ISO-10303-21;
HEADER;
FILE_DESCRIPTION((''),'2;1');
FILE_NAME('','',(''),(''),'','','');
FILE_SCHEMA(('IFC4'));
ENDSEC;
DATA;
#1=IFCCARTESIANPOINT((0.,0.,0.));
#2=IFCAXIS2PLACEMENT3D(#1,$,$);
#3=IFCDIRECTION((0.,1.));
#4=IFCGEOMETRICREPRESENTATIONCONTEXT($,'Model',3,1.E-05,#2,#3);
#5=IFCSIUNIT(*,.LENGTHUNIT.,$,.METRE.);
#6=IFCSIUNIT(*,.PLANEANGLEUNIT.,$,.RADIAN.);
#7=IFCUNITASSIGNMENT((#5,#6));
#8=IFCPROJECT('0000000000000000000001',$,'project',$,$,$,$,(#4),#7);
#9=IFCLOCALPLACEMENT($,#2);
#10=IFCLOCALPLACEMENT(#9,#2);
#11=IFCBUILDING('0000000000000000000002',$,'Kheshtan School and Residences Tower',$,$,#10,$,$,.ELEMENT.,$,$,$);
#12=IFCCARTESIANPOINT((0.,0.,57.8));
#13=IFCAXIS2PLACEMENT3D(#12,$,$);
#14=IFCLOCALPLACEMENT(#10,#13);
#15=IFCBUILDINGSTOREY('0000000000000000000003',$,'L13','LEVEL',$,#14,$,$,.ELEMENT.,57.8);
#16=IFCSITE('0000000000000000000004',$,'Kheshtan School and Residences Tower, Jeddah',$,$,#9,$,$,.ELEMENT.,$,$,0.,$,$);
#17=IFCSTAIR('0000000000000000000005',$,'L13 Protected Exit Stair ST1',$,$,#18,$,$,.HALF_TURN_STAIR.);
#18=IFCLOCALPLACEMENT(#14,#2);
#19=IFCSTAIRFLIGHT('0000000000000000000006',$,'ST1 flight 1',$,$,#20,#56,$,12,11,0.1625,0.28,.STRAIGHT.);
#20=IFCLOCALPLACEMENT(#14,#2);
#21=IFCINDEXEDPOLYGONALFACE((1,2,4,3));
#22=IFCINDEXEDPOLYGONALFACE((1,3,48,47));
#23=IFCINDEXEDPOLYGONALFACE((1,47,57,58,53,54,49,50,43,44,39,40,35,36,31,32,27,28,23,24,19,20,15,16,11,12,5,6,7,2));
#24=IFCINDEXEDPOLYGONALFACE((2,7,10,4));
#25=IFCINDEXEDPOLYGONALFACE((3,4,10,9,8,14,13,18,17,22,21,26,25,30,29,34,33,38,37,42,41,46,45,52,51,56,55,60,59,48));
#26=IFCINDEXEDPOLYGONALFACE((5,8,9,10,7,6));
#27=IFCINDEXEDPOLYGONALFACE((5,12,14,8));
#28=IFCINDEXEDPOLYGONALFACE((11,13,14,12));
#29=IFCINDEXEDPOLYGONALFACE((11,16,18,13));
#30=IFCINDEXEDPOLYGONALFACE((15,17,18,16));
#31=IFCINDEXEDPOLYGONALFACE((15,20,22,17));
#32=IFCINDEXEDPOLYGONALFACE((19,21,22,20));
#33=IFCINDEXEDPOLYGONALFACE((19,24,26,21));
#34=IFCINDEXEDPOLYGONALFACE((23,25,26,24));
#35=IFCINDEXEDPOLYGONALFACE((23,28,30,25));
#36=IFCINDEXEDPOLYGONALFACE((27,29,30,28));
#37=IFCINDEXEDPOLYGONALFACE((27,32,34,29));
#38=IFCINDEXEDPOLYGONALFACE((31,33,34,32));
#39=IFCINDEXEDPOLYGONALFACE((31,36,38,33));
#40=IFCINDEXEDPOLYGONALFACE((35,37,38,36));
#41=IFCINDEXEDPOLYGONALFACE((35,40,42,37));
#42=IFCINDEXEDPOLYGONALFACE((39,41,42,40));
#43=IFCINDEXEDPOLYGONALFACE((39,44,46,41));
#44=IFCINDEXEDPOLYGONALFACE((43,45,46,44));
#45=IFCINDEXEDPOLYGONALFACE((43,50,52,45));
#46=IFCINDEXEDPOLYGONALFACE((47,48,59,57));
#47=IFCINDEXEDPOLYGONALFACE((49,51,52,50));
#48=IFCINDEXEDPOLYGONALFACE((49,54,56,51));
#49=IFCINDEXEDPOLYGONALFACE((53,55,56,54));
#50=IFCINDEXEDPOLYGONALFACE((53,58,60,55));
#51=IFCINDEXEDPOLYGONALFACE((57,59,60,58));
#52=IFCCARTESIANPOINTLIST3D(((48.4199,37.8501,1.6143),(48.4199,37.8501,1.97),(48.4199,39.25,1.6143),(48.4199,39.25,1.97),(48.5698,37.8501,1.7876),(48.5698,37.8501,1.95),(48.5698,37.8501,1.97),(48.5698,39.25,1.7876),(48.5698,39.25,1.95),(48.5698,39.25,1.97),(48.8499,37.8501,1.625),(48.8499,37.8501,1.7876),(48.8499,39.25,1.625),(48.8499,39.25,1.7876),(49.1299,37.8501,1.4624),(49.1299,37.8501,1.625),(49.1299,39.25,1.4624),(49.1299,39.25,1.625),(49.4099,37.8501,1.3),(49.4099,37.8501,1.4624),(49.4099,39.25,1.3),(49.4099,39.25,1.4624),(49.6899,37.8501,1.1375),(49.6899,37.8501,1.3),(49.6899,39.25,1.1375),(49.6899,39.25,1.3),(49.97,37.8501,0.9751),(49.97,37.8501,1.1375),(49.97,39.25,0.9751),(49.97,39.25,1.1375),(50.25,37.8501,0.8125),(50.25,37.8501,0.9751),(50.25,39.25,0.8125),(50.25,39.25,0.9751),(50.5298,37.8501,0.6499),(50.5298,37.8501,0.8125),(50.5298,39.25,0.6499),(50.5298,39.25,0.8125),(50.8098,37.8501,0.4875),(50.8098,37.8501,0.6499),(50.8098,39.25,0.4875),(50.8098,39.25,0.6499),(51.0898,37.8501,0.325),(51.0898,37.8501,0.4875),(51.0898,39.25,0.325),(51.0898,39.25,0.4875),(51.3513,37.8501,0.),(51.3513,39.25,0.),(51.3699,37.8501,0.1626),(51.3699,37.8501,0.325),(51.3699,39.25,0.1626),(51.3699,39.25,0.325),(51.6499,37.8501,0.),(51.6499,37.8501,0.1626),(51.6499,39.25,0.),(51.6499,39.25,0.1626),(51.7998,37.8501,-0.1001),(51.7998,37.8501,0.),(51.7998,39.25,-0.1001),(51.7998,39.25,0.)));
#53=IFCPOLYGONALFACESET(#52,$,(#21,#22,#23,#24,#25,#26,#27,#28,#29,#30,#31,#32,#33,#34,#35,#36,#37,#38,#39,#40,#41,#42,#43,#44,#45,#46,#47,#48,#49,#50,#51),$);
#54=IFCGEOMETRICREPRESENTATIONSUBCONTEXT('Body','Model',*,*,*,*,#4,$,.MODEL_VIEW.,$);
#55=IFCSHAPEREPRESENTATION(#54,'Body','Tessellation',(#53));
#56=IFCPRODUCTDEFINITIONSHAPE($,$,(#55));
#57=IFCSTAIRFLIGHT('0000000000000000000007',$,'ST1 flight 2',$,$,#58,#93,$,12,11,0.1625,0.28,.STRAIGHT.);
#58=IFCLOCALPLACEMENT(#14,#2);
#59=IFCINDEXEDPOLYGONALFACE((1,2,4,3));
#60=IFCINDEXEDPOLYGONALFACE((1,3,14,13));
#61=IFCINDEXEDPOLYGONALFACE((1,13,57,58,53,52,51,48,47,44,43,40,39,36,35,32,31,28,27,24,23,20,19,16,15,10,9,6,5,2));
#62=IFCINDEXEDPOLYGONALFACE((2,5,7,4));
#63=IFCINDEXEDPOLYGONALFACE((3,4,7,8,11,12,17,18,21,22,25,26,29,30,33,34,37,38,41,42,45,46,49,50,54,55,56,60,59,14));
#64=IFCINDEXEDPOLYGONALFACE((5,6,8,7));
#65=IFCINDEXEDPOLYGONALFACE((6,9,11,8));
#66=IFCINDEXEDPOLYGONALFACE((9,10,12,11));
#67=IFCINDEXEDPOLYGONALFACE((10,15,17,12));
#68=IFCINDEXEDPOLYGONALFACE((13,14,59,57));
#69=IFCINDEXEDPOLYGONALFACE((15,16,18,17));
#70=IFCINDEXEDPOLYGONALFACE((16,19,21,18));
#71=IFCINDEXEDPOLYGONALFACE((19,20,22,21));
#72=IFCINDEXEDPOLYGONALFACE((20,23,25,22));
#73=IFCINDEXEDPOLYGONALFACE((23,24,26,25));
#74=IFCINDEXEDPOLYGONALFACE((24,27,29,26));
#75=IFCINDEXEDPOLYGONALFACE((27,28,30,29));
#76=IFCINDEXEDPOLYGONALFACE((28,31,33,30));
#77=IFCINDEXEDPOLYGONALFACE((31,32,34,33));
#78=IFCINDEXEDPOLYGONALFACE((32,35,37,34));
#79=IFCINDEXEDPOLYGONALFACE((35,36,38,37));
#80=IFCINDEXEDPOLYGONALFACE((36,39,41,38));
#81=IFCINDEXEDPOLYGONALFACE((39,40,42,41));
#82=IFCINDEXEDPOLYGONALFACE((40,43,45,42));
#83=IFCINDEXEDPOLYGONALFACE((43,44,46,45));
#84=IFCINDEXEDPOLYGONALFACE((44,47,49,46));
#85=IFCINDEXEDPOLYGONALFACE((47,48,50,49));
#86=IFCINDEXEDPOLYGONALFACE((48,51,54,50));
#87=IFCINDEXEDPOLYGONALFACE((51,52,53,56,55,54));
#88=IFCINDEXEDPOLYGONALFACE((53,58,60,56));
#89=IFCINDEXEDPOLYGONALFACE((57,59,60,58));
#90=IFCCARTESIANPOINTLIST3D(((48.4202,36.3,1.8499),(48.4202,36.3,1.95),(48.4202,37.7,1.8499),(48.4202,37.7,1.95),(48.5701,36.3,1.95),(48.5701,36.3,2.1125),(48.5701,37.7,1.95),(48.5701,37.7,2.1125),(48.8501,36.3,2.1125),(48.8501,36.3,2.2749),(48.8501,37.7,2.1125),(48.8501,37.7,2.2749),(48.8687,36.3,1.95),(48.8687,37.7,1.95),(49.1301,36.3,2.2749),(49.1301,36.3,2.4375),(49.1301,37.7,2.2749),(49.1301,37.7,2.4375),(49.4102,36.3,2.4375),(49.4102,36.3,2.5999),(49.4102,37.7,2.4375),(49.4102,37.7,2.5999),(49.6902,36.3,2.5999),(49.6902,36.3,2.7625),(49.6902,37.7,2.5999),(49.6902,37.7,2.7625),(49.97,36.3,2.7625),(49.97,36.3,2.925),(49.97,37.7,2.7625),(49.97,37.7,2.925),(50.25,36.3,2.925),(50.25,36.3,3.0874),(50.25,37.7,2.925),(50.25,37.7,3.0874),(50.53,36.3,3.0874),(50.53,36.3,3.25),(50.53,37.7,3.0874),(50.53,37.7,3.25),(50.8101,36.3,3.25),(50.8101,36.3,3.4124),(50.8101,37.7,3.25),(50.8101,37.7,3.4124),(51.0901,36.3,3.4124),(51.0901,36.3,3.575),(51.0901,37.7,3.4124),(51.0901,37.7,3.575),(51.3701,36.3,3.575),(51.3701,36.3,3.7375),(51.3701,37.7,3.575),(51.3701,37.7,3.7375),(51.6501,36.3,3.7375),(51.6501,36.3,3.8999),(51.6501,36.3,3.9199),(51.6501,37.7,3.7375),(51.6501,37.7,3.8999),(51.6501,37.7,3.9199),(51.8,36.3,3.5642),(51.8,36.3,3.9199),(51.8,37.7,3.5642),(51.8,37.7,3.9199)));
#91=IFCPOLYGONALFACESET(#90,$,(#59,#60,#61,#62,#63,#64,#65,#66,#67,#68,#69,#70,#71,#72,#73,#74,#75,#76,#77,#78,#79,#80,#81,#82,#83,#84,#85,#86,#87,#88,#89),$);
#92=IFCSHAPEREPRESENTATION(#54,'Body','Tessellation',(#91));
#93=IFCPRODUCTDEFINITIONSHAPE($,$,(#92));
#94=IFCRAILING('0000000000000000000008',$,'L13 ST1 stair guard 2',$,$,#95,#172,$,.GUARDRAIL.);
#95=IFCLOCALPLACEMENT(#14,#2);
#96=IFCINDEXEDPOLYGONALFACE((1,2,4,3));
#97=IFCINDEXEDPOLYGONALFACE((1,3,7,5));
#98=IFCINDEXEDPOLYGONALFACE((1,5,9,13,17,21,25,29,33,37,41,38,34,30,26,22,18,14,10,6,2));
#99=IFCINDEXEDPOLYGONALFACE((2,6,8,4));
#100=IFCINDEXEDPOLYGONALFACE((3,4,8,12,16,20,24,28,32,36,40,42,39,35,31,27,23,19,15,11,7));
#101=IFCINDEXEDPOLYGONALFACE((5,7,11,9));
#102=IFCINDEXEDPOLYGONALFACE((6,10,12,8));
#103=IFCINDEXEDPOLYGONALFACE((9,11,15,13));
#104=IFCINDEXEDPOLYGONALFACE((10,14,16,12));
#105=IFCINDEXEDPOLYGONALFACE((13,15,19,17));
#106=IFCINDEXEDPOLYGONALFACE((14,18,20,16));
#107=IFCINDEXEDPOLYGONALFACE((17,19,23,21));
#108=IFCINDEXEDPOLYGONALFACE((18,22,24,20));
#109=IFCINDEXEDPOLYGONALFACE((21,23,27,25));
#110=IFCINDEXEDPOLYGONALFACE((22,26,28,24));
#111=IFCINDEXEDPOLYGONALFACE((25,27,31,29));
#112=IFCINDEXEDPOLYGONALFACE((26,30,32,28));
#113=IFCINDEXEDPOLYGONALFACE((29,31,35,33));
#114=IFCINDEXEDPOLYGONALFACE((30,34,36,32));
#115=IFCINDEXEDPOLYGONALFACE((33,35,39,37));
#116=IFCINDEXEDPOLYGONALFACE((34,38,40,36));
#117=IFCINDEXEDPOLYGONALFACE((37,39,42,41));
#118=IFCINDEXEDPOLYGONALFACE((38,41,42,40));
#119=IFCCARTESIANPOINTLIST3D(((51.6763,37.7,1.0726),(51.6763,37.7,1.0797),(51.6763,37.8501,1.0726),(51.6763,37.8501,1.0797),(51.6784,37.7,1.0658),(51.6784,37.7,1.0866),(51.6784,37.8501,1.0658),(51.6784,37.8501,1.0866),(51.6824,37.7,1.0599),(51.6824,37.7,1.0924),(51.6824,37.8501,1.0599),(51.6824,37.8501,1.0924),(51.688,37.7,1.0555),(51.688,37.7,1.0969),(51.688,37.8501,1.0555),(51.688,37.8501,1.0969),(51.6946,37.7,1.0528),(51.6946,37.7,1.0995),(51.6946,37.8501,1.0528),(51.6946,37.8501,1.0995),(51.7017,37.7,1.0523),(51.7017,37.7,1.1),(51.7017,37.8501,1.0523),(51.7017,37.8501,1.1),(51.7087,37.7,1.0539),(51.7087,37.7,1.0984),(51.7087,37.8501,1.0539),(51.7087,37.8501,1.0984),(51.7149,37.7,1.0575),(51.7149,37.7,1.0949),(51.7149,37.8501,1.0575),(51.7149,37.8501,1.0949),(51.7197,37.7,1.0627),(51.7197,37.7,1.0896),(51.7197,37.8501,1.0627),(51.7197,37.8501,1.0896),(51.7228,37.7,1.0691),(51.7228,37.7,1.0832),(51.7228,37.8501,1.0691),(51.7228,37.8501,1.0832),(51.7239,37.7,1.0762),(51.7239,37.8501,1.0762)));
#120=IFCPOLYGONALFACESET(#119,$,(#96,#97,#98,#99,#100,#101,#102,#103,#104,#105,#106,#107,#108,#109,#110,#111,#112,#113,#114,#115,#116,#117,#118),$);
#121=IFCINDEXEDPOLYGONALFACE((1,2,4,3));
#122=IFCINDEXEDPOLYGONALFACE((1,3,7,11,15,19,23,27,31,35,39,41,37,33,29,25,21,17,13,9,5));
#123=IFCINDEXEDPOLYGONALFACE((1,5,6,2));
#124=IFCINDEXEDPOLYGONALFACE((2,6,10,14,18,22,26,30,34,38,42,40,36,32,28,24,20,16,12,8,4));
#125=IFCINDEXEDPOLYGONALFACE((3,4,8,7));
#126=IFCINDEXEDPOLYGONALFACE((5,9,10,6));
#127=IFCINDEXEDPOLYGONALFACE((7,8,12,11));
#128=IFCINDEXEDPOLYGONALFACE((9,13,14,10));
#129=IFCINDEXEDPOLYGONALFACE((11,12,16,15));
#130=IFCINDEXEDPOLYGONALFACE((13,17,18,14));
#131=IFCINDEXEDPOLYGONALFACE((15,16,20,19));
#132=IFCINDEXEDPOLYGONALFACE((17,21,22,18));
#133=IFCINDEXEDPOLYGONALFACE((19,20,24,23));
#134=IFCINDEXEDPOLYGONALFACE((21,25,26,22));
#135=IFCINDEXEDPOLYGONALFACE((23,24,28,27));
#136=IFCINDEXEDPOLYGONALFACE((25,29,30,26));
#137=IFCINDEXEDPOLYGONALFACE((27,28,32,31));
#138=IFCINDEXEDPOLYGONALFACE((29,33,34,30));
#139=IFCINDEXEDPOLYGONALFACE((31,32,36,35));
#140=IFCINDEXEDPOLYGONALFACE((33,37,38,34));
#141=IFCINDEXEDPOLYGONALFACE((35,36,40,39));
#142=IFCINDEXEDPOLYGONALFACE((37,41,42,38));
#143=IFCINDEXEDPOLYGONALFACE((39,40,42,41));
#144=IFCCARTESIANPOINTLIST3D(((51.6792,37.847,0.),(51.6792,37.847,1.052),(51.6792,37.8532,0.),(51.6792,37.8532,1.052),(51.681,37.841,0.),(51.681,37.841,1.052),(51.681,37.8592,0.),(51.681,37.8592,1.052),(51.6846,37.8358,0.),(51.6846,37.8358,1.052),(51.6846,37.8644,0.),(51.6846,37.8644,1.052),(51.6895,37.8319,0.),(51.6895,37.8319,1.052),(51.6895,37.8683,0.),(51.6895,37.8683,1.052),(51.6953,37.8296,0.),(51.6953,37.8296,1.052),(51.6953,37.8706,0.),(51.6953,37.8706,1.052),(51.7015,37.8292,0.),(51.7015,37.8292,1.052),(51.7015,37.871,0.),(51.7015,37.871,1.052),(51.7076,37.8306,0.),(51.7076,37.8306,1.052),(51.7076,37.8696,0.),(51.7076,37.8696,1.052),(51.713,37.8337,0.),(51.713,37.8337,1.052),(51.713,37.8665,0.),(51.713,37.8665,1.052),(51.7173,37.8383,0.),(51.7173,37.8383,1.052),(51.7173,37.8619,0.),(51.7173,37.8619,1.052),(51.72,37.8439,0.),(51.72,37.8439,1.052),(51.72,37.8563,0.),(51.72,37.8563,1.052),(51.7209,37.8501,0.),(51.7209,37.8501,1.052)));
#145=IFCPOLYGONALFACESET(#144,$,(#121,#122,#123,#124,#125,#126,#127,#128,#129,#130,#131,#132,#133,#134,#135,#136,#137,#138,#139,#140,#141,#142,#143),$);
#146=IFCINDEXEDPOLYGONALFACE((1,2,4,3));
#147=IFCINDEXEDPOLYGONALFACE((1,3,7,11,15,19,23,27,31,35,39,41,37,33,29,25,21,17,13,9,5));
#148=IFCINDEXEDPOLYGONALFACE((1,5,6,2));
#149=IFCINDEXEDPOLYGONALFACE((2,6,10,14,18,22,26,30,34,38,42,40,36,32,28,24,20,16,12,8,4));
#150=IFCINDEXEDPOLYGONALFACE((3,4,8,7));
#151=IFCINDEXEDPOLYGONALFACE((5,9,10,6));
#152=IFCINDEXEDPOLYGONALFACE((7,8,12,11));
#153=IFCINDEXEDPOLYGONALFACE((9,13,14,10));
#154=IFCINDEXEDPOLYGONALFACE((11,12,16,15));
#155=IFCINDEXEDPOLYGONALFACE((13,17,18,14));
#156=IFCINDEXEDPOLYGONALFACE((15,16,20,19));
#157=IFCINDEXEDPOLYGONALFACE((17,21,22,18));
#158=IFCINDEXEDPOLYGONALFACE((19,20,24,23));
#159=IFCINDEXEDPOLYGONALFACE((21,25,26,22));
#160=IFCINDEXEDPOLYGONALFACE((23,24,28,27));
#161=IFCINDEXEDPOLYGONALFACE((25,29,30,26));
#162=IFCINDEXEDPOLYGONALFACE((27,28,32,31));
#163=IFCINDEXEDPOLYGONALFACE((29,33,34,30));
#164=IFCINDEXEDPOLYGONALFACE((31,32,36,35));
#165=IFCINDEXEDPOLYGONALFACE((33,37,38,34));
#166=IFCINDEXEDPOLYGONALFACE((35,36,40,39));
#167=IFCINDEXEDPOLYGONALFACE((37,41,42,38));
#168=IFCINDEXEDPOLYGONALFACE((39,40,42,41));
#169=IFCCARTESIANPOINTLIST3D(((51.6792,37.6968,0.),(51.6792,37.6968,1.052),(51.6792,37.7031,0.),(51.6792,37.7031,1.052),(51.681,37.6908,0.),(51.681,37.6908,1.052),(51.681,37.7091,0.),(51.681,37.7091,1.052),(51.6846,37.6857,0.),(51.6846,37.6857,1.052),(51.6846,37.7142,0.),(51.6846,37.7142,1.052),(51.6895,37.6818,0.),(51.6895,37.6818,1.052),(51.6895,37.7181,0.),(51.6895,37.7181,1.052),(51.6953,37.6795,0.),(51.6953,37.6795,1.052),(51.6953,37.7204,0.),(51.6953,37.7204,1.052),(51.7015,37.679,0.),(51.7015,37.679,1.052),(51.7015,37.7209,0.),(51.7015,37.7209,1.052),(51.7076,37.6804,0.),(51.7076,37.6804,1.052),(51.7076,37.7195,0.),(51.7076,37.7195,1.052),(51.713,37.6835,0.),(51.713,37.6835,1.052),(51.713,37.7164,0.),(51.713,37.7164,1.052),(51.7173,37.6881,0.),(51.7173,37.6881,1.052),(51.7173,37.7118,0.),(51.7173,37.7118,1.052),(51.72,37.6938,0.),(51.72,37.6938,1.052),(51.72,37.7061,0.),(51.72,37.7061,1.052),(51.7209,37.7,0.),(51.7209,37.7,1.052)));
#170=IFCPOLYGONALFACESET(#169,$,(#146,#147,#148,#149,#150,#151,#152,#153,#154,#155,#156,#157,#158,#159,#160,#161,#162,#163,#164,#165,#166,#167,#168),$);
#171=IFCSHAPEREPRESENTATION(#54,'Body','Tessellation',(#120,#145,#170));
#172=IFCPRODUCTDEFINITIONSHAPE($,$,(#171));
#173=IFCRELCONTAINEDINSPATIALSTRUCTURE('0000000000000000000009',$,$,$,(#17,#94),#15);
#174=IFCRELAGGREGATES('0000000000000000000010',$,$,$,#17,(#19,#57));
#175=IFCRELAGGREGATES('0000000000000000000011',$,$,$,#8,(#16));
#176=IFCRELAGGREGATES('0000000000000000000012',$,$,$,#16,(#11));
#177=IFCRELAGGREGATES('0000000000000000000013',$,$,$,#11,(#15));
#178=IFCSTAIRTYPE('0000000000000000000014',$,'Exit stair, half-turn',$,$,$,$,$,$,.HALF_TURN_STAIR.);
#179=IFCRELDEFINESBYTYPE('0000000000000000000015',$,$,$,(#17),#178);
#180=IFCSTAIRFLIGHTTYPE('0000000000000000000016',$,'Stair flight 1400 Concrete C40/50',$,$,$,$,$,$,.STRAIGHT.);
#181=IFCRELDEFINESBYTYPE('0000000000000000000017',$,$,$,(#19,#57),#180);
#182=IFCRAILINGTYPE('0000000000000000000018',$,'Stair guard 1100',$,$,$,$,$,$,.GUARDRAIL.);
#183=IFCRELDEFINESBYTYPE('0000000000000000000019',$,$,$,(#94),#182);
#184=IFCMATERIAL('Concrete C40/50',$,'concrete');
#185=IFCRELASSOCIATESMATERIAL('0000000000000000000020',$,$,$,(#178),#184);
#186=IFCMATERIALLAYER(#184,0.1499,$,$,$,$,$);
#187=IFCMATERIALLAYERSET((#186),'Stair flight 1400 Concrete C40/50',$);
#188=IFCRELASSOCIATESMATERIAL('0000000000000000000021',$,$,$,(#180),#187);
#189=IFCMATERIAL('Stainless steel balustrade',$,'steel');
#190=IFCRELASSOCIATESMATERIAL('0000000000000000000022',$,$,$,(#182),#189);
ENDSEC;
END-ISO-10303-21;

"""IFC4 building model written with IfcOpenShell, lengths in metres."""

from ifc_helpers import new_model, si_unit, direction, frame, origin, origin_2d, place, context, subcontext, project, spatial, polyline, circle, outline, extrude, material, layer, layer_set, type_object, element, aggregate, save


model = new_model("IFC4")

# Units and contexts
model_context = context("Model", 3, precision=1e-05, world=origin(), true_north=direction((0.0, 1.0)))
body_context = subcontext(model_context, "Body", "Model", "MODEL_VIEW")
ifc_project = project(units=[si_unit("LENGTHUNIT", "METRE"), si_unit("PLANEANGLEUNIT", "RADIAN")], contexts=[model_context])

# Site, building, storey
site_placement = place(None, origin())
site = spatial("IfcSite", under=ifc_project, at=site_placement, Name="Kheshtan School and Residences Tower, Jeddah", CompositionType="ELEMENT", RefElevation=0.0)
building_placement = place(site_placement, origin())
building = spatial("IfcBuilding", under=site, at=building_placement, Name="Kheshtan School and Residences Tower", CompositionType="ELEMENT")
storey_placement = place(building_placement, frame((0.0, 0.0, 57.8)))
storey = spatial("IfcBuildingStorey", under=building, at=storey_placement, Name="L13", Description="LEVEL", CompositionType="ELEMENT", Elevation=57.8)

# Shared definitions
ifc_material_1 = material(Name="Concrete C40/50", Category="concrete")

# Stair, stair flights
stair_type = type_object("IfcStairType", Name="Exit stair, half-turn", PredefinedType="HALF_TURN_STAIR", material=ifc_material_1)
stair_placement = place(storey_placement, origin())
stair = element("IfcStair", 1, at=stair_placement, inside=storey, type_object=stair_type, Name="L13 Protected Exit Stair ST1", PredefinedType="HALF_TURN_STAIR")
ifc_layer_1 = layer(ifc_material_1, 0.1499)
ifc_layer_set_1 = layer_set([ifc_layer_1], Name="Stair flight 1400 Concrete C40/50")
stair_flight_type = type_object("IfcStairFlightType", Name="Stair flight 1400 Concrete C40/50", PredefinedType="STRAIGHT", material=ifc_layer_set_1)
stair_flight_1_placement = place(storey_placement, frame((51.6499, 38.55, 0.0), z_axis=(0.0, 0.0, 1.0), x_axis=(-1.0, 0.0, 0.0)))
stair_flight_1 = element("IfcStairFlight", 2, at=stair_flight_1_placement, type_object=stair_flight_type, Name="ST1 flight 1", NumberOfRisers=12, NumberOfTreads=11, PredefinedType="STRAIGHT", RiserHeight=0.1625, TreadLength=0.28, context=body_context, shape_type="SweptSolid", body=[
    extrude(outline(polyline([(-0.1499, -0.1001), (-0.1499, 0.0), (0.0, 0.0), (0.0, 0.1626), (0.28, 0.1626), (0.28, 0.325), (0.5601, 0.325), (0.5601, 0.4875), (0.8401, 0.4875), (0.8401, 0.6499), (1.1201, 0.6499), (1.1201, 0.8125), (1.3999, 0.8125), (1.3999, 0.9751), (1.6799, 0.9751), (1.6799, 1.1375), (1.96, 1.1375), (1.96, 1.3), (2.24, 1.3), (2.24, 1.4624), (2.52, 1.4624), (2.52, 1.625), (2.8, 1.625), (2.8, 1.7876), (3.0801, 1.7876), (3.0801, 1.95), (3.0801, 1.97), (3.23, 1.97), (3.23, 1.6143), (0.2986, 0.0), (-0.1499, -0.1001)])), frame((0.0, 0.7, 0.0), z_axis=(0.0, -1.0, 0.0), x_axis=(1.0, 0.0, 0.0)), (0.0, 0.0, 1.0), 1.3999),
])
stair_flight_2_placement = place(storey_placement, frame((48.5701, 37.0, 1.95), z_axis=(0.0, 0.0, 1.0), x_axis=(1.0, 0.0, 0.0)))
stair_flight_2 = element("IfcStairFlight", 3, at=stair_flight_2_placement, type_object=stair_flight_type, Name="ST1 flight 2", NumberOfRisers=12, NumberOfTreads=11, PredefinedType="STRAIGHT", RiserHeight=0.1625, TreadLength=0.28, context=body_context, shape_type="SweptSolid", body=[
    extrude(outline(polyline([(-0.1499, -0.1001), (-0.1499, 0.0), (0.0, 0.0), (0.0, 0.1626), (0.28, 0.1626), (0.28, 0.325), (0.5601, 0.325), (0.5601, 0.4875), (0.8401, 0.4875), (0.8401, 0.6499), (1.1201, 0.6499), (1.1201, 0.8125), (1.3999, 0.8125), (1.3999, 0.9751), (1.6799, 0.9751), (1.6799, 1.1375), (1.96, 1.1375), (1.96, 1.3), (2.24, 1.3), (2.24, 1.4624), (2.52, 1.4624), (2.52, 1.625), (2.8, 1.625), (2.8, 1.7876), (3.0801, 1.7876), (3.0801, 1.95), (3.0801, 1.97), (3.23, 1.97), (3.23, 1.6143), (0.2986, 0.0), (-0.1499, -0.1001)])), frame((0.0, 0.7, 0.0), z_axis=(0.0, -1.0, 0.0), x_axis=(1.0, 0.0, 0.0)), (0.0, 0.0, 1.0), 1.3999),
])
aggregate(stair, [stair_flight_1, stair_flight_2])

# Railing
ifc_material_2 = material(Name="Stainless steel balustrade", Category="steel")
railing_type_1 = type_object("IfcRailingType", Name="Stair guard 1100", PredefinedType="GUARDRAIL", material=ifc_material_2)
railing_1_placement = place(storey_placement, frame((51.7, 37.8501, 0.0)))
element("IfcRailing", 4, at=railing_1_placement, inside=storey, type_object=railing_type_1, Name="L13 ST1 stair guard 2", PredefinedType="GUARDRAIL", context=body_context, shape_type="SweptSolid", body=[
    extrude(circle(Radius=0.0239, at=origin_2d()), frame((0.0, 0.0, 1.0762), z_axis=(0.0, -1.0, 0.0), x_axis=(1.0, 0.0, 0.0)), (0.0, 0.0, 1.0), 0.1501),
    extrude(circle(Radius=0.021, at=origin_2d()), origin(), (0.0, 0.0, 1.0), 1.052),
    extrude(circle(Radius=0.021, at=origin_2d()), frame((0.0, -0.1501, 0.0)), (0.0, 0.0, 1.0), 1.052),
])

save(model, "model.ifc")
